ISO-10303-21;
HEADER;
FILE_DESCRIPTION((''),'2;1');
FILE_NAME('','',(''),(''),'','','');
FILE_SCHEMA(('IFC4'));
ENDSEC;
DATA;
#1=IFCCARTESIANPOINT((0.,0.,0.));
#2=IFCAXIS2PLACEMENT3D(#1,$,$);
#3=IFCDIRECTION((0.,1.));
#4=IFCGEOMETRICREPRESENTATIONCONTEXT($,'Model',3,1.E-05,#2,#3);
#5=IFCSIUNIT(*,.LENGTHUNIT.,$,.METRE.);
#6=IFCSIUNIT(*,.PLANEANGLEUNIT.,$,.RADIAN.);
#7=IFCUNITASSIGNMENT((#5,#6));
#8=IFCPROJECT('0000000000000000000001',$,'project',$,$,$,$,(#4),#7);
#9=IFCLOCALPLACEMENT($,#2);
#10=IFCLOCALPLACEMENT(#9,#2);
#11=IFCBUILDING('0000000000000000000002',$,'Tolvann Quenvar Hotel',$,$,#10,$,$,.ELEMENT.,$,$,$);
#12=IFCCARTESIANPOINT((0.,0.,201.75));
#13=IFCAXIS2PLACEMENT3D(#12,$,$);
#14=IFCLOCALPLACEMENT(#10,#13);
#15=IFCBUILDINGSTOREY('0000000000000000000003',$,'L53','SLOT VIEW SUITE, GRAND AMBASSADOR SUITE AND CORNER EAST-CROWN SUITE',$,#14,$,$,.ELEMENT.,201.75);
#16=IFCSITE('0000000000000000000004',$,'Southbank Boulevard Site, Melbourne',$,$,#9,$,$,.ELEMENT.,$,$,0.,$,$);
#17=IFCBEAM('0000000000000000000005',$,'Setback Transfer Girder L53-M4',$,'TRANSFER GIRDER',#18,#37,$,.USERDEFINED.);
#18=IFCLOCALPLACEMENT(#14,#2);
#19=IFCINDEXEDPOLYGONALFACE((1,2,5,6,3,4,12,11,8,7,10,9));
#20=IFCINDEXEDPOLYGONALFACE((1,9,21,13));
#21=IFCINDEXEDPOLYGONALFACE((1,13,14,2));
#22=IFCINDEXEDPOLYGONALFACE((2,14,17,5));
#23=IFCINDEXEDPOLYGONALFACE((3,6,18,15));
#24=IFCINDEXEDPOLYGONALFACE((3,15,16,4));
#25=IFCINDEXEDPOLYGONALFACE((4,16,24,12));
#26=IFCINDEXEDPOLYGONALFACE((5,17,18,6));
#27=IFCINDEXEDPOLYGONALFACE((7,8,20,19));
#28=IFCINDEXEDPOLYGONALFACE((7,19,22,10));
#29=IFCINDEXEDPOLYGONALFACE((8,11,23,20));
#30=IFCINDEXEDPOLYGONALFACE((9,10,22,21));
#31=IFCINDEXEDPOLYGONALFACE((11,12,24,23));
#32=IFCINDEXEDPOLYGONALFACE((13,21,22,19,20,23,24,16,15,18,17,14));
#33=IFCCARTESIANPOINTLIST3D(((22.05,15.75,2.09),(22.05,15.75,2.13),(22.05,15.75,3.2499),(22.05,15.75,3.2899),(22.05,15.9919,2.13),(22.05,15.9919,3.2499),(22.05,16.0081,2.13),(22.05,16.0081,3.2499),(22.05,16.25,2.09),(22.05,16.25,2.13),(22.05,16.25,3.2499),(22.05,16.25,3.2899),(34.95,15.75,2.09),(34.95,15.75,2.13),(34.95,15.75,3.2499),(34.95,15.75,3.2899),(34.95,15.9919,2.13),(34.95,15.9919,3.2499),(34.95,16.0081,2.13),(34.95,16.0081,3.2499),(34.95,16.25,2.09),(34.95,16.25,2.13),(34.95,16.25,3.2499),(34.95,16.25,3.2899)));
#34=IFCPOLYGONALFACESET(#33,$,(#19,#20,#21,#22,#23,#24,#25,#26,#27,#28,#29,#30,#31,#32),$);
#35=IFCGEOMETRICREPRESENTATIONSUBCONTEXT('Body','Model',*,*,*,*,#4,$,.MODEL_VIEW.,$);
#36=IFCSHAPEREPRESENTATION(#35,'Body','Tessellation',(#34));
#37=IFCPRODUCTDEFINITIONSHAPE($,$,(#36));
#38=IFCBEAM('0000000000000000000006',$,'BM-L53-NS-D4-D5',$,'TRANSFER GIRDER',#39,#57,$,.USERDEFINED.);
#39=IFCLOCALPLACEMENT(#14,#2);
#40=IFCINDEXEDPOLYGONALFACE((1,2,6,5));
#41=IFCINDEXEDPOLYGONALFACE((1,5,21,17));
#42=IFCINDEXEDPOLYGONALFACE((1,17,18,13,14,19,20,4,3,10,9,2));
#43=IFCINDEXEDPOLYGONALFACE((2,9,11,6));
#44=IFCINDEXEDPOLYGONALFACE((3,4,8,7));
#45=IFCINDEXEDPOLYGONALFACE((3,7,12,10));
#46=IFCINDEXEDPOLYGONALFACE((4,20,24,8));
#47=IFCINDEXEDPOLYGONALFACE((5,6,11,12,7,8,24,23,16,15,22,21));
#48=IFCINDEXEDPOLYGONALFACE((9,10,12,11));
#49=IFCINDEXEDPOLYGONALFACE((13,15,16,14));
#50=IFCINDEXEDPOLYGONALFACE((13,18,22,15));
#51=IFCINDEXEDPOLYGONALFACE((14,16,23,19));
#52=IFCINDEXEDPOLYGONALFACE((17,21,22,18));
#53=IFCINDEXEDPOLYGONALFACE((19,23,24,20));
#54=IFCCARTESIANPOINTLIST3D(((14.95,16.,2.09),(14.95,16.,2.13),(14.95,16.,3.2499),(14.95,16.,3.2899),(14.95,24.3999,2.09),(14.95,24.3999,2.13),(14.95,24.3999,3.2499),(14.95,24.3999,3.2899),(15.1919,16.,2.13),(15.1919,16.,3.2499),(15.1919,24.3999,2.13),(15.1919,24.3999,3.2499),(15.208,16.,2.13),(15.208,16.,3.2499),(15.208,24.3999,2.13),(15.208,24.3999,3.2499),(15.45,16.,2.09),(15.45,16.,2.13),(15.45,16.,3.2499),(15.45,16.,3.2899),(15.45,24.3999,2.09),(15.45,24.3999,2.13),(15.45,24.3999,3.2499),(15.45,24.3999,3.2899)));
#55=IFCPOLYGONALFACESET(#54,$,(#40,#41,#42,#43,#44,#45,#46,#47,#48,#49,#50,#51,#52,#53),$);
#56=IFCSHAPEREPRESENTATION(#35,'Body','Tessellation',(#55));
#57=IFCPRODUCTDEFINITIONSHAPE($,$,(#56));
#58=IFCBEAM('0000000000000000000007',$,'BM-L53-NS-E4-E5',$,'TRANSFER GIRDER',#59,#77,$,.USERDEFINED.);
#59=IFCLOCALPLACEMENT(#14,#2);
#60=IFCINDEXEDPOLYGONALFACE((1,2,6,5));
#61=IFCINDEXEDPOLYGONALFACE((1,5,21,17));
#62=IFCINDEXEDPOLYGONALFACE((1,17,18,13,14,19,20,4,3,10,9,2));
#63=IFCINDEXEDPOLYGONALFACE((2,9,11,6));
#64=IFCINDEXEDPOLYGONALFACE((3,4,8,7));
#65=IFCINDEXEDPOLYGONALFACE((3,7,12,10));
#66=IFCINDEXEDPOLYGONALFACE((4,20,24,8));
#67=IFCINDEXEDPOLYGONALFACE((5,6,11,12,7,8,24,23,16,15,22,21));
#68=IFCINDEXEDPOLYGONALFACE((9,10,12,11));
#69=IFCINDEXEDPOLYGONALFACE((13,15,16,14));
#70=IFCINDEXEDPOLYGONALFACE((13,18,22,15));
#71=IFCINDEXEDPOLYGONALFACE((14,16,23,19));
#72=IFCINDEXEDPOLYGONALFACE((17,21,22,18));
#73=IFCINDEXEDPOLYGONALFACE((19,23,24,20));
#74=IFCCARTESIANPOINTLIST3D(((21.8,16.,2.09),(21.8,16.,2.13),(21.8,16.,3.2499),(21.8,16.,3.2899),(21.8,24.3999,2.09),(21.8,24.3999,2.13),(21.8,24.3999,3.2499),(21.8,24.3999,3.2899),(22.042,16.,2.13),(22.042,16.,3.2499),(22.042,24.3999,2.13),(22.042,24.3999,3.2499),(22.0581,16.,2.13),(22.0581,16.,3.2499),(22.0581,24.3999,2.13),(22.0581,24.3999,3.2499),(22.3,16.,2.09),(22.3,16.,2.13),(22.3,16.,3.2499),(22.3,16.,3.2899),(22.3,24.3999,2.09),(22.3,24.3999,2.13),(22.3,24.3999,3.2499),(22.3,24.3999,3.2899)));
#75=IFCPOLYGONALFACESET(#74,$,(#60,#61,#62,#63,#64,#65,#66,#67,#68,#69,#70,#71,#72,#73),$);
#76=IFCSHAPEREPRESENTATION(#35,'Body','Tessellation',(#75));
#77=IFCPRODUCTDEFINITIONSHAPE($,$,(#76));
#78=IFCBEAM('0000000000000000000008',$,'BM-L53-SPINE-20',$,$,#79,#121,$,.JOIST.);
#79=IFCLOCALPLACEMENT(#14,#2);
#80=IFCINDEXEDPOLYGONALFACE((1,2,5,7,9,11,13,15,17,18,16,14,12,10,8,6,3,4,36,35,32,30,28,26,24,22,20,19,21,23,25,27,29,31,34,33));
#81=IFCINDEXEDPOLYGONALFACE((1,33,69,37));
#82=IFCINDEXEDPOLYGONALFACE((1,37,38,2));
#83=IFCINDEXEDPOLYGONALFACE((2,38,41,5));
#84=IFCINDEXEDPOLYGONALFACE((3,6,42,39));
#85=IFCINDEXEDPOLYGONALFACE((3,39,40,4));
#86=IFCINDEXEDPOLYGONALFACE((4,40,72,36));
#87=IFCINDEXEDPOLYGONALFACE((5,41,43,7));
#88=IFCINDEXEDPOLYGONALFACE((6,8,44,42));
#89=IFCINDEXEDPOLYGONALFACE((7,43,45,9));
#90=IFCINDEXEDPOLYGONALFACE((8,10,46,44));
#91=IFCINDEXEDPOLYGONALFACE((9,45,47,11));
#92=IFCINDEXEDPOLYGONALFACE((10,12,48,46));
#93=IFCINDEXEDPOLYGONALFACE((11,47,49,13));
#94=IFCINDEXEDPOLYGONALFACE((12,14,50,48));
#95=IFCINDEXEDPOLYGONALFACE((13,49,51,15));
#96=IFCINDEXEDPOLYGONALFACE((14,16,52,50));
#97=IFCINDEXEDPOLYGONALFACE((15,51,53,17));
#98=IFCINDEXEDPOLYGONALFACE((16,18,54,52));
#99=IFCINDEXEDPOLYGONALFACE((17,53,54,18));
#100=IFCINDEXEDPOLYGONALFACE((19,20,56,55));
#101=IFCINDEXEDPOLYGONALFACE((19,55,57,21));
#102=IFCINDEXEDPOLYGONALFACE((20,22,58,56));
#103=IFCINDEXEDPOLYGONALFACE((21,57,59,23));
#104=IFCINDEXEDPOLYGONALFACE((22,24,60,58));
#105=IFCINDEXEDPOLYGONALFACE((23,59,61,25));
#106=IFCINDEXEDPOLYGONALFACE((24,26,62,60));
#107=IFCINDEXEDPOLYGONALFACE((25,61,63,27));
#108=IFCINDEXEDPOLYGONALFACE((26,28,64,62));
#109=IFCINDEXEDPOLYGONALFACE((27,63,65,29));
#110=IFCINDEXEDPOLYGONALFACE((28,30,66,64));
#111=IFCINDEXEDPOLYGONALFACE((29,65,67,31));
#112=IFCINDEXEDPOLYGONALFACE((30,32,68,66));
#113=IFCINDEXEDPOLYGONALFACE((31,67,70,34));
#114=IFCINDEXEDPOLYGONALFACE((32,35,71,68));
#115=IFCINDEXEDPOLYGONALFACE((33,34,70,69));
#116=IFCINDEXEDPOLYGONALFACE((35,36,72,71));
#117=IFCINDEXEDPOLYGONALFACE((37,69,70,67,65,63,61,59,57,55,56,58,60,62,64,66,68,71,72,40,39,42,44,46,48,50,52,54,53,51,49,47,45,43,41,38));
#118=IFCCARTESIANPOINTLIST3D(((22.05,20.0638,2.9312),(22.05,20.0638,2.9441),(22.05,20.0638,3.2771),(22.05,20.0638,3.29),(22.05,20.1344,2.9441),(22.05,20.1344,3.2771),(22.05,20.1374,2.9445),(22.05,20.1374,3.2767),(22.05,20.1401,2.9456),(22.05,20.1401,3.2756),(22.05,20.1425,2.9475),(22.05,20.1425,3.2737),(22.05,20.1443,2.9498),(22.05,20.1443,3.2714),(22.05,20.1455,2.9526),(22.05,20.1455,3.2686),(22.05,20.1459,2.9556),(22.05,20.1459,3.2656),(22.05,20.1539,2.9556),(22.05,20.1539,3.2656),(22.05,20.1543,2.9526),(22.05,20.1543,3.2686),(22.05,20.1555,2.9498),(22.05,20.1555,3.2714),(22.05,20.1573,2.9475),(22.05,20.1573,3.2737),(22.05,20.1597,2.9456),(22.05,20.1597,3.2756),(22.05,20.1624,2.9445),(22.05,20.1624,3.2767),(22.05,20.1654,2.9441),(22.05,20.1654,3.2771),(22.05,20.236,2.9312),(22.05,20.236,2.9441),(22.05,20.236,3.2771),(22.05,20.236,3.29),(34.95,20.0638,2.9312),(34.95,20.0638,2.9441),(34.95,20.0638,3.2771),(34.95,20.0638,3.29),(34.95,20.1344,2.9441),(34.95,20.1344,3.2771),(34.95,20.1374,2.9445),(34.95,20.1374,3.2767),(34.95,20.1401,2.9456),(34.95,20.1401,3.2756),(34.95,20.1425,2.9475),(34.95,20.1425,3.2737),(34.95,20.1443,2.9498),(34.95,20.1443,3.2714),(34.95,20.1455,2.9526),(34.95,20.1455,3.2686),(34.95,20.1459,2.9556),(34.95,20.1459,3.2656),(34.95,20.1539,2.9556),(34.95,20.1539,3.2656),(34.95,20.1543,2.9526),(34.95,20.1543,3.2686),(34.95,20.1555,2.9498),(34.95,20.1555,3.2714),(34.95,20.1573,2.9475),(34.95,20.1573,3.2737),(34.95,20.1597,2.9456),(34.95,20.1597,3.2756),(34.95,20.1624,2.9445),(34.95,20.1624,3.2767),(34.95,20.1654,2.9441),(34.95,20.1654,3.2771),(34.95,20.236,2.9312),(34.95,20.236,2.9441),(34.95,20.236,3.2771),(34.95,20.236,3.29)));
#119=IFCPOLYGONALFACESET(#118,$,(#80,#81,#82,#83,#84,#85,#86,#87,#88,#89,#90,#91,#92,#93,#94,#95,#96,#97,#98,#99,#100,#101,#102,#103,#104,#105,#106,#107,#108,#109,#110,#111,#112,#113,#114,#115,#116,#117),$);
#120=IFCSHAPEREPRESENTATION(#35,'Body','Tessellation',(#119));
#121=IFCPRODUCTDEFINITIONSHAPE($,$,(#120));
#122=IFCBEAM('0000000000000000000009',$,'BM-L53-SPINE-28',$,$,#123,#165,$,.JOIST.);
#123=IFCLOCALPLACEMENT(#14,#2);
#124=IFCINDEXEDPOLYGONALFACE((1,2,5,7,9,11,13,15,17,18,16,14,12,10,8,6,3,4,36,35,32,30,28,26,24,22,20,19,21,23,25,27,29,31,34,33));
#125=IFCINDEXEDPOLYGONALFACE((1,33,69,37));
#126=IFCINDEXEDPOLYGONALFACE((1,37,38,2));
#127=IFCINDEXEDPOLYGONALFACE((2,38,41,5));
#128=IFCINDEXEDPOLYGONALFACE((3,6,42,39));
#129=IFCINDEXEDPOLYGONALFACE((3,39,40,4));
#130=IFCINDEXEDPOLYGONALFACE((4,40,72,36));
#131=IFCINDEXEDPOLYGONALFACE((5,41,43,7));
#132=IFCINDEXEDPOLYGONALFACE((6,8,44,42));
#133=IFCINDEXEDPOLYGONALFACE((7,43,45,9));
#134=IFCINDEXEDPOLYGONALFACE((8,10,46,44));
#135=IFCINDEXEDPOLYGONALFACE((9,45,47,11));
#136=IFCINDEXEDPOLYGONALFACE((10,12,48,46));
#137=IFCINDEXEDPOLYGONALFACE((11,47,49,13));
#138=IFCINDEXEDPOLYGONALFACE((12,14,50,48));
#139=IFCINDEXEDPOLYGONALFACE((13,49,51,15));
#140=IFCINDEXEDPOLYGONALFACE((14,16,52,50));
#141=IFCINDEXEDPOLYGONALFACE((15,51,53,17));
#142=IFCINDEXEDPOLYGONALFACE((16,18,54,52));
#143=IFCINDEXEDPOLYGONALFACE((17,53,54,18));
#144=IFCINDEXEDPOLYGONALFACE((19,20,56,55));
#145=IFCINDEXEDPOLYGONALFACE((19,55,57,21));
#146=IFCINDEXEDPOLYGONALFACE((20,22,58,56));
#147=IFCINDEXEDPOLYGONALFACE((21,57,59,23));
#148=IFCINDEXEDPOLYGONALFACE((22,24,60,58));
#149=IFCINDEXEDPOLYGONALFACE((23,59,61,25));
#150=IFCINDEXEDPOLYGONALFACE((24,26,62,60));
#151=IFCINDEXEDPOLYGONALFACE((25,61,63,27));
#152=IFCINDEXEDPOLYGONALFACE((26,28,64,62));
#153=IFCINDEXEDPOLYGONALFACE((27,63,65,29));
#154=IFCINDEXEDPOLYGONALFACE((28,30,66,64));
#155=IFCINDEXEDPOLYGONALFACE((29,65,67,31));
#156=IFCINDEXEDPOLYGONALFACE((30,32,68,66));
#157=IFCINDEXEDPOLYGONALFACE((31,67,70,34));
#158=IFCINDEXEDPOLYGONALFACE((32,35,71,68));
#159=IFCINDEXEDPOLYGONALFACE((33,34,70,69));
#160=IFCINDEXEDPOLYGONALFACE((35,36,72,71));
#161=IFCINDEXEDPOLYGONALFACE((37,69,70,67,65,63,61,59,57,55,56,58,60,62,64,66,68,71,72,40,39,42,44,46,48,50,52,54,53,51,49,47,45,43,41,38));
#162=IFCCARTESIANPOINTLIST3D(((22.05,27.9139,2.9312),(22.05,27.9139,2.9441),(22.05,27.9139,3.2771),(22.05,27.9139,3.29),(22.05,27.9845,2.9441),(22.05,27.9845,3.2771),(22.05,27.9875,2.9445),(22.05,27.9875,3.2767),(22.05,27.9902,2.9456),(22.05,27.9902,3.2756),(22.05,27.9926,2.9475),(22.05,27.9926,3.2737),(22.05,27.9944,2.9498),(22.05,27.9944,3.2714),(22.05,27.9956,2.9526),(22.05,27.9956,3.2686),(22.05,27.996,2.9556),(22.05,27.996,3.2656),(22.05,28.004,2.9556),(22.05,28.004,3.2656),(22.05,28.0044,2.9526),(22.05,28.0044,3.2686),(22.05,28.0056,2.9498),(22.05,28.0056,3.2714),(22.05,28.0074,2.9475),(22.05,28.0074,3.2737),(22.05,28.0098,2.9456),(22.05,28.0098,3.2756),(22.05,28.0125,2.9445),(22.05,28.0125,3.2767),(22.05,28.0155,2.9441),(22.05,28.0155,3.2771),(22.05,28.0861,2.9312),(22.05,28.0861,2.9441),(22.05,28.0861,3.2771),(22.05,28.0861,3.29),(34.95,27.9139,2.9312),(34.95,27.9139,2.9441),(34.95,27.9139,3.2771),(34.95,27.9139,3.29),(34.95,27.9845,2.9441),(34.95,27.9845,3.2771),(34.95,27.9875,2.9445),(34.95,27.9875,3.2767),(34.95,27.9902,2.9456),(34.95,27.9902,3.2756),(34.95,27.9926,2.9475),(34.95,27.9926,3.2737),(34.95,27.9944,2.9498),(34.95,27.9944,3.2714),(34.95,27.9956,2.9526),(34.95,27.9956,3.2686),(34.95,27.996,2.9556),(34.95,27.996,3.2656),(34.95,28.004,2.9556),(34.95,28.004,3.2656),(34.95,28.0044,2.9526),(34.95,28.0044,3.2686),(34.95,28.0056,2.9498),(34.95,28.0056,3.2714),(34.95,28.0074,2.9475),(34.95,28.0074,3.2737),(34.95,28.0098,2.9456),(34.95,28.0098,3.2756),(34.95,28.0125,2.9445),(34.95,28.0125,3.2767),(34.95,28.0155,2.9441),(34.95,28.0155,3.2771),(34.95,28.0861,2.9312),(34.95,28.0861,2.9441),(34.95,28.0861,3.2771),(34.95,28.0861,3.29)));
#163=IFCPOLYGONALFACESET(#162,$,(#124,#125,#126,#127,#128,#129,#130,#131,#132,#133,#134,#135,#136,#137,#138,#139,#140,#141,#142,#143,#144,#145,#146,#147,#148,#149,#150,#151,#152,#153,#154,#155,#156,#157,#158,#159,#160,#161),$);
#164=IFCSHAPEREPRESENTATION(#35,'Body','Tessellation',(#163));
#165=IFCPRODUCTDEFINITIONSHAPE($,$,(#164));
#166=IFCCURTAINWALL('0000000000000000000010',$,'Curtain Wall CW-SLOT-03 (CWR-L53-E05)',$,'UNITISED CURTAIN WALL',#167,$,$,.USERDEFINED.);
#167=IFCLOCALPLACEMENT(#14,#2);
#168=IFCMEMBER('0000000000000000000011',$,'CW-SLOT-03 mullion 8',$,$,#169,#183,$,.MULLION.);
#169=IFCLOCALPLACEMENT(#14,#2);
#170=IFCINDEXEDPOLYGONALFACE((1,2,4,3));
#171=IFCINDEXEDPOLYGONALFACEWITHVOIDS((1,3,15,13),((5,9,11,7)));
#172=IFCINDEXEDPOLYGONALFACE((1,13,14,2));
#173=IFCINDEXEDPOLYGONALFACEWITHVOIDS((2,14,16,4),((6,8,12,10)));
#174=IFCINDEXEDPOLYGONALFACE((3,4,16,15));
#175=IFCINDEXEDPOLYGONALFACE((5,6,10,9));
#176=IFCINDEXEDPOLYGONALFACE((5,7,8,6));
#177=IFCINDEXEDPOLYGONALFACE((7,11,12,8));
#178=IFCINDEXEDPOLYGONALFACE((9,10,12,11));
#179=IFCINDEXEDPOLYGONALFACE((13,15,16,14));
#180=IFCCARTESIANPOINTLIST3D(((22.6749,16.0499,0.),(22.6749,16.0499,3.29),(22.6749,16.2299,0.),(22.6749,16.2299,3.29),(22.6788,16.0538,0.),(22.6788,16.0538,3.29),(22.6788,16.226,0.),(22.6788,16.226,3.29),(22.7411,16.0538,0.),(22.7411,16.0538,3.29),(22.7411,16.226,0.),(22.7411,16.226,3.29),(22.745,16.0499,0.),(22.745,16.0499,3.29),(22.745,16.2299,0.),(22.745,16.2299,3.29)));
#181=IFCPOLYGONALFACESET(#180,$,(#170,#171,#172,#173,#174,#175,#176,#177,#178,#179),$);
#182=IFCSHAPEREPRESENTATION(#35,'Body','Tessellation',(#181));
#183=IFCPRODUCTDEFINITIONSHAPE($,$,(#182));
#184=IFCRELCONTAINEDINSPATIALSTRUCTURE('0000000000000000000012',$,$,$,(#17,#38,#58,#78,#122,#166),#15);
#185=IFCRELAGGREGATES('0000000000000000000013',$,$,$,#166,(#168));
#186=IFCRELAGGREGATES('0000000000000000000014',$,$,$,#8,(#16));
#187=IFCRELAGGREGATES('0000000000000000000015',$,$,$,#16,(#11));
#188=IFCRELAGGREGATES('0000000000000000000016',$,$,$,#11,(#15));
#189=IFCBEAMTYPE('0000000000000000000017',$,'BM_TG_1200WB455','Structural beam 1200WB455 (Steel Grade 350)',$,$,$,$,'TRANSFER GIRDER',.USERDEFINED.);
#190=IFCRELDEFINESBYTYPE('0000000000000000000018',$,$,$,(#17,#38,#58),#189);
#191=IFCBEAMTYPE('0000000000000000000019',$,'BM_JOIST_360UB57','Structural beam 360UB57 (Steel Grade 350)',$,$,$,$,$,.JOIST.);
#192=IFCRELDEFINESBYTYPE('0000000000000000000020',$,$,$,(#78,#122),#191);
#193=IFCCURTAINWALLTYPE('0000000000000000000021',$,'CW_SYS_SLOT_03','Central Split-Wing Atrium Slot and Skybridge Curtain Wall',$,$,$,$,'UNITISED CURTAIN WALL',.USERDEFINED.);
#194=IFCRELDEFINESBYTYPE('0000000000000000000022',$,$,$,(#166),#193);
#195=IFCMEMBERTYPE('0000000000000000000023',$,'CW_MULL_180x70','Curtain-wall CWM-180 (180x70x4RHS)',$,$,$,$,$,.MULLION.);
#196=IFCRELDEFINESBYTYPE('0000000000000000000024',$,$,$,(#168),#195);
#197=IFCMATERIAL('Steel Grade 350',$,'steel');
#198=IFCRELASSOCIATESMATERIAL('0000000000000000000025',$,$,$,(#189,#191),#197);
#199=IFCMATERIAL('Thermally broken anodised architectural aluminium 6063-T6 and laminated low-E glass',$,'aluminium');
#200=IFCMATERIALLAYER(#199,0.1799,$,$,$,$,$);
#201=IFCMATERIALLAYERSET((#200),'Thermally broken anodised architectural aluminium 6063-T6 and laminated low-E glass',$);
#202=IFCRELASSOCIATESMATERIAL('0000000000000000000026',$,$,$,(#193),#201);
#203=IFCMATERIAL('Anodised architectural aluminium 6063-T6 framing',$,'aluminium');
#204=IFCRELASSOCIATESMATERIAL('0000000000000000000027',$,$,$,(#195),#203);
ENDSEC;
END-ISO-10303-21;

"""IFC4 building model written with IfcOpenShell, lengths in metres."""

from ifc_helpers import new_model, si_unit, direction, frame, origin, origin_2d, place, context, subcontext, project, spatial, hollow_rectangle, i_section, extrude, source, transform, mapped, material, layer, layer_set, material_profile, profile_set, type_object, type_shapes, element, aggregate, save


model = new_model("IFC4")

# Units and contexts
model_context = context("Model", 3, precision=1e-05, world=origin(), true_north=direction((0.0, 1.0)))
body_context = subcontext(model_context, "Body", "Model", "MODEL_VIEW")
ifc_project = project(units=[si_unit("LENGTHUNIT", "METRE"), si_unit("PLANEANGLEUNIT", "RADIAN")], contexts=[model_context])

# Site, building, storey
site_placement = place(None, origin())
site = spatial("IfcSite", under=ifc_project, at=site_placement, Name="Southbank Boulevard Site, Melbourne", CompositionType="ELEMENT", RefElevation=0.0)
building_placement = place(site_placement, origin())
building = spatial("IfcBuilding", under=site, at=building_placement, Name="Tolvann Quenvar Hotel", CompositionType="ELEMENT")
storey_placement = place(building_placement, frame((0.0, 0.0, 201.75)))
storey = spatial("IfcBuildingStorey", under=building, at=storey_placement, Name="L53", Description="SLOT VIEW SUITE, GRAND AMBASSADOR SUITE AND CORNER EAST-CROWN SUITE", CompositionType="ELEMENT", Elevation=201.75)

# Shared definitions
ifc_material_1 = material(Name="Steel Grade 350", Category="steel")

# Beams
ifc_material_profile_1 = material_profile(ifc_material_1, i_section(OverallWidth=0.5, OverallDepth=1.2, WebThickness=0.0161, FlangeThickness=0.04, at=origin_2d()), Name="1200WB455")
ifc_profile_set_1 = profile_set([ifc_material_profile_1], Name="Steel Grade 350")
beam_type_1 = type_object("IfcBeamType", Name="BM_TG_1200WB455", Description="Structural beam 1200WB455 (Steel Grade 350)", ElementType="TRANSFER GIRDER", PredefinedType="USERDEFINED", material=ifc_profile_set_1)
shared_shape_1 = source(origin(), body_context, "Body", "SweptSolid", [
    extrude(i_section(OverallWidth=0.5, OverallDepth=1.2, WebThickness=0.0161, FlangeThickness=0.04, at=origin_2d()), origin(), (0.0, 0.0, 1.0), 12.8999),
])
beam_1_placement = place(storey_placement, frame((22.05, 16.0, 2.6899), z_axis=(1.0, 0.0, 0.0), x_axis=(0.0, 1.0, 0.0)))
element("IfcBeam", 1, at=beam_1_placement, inside=storey, type_object=beam_type_1, Name="Setback Transfer Girder L53-M4", ObjectType="TRANSFER GIRDER", PredefinedType="USERDEFINED", context=body_context, shape_type="MappedRepresentation", body=[
    mapped(shared_shape_1, transform((0.0, 0.0, 0.0), x_axis=(1.0, 0.0, 0.0), y_axis=(0.0, 1.0, 0.0), z_axis=(0.0, 0.0, 1.0), scale=1.0)),
])
shared_shape_2 = source(origin(), body_context, "Body", "SweptSolid", [
    extrude(i_section(OverallWidth=0.5, OverallDepth=1.2, WebThickness=0.0161, FlangeThickness=0.04, at=origin_2d()), origin(), (0.0, 0.0, 1.0), 8.3999),
])
for number, where, z_axis, x_axis, name in (
    (2, (15.2, 16.0, 2.6899), (0.0, 1.0, 0.0), (-1.0, 0.0, 0.0), "BM-L53-NS-D4-D5"),
    (3, (22.05, 16.0, 2.6899), (0.0, 1.0, 0.0), (-1.0, 0.0, 0.0), "BM-L53-NS-E4-E5"),
):
    element("IfcBeam", number, at=place(storey_placement, frame(where, z_axis=z_axis, x_axis=x_axis)), inside=storey, type_object=beam_type_1, Name=name, ObjectType="TRANSFER GIRDER", PredefinedType="USERDEFINED", context=body_context, shape_type="MappedRepresentation", body=[
        mapped(shared_shape_2, transform((0.0, 0.0, 0.0), x_axis=(1.0, 0.0, 0.0), y_axis=(0.0, 1.0, 0.0), z_axis=(0.0, 0.0, 1.0), scale=1.0)),
    ])
ifc_material_profile_2 = material_profile(ifc_material_1, i_section(OverallWidth=0.1721, OverallDepth=0.3589, WebThickness=0.0081, FlangeThickness=0.0129, FilletRadius=0.0115, at=origin_2d()), Name="360UB57")
ifc_profile_set_2 = profile_set([ifc_material_profile_2], Name="Steel Grade 350")
beam_type_2 = type_object("IfcBeamType", Name="BM_JOIST_360UB57", Description="Structural beam 360UB57 (Steel Grade 350)", PredefinedType="JOIST", material=ifc_profile_set_2)
shared_shape_3 = source(origin(), body_context, "Body", "SweptSolid", [
    extrude(i_section(OverallWidth=0.1721, OverallDepth=0.3589, WebThickness=0.0081, FlangeThickness=0.0129, FilletRadius=0.0115, at=origin_2d()), origin(), (0.0, 0.0, 1.0), 12.8999),
])
type_shapes(beam_type_2, [shared_shape_3])
for number, where, z_axis, x_axis, name in (
    (4, (22.05, 20.1499, 3.1106), (1.0, 0.0, 0.0), (0.0, 1.0, 0.0), "BM-L53-SPINE-20"),
    (5, (22.05, 28.0, 3.1106), (1.0, 0.0, 0.0), (0.0, 1.0, 0.0), "BM-L53-SPINE-28"),
):
    element("IfcBeam", number, at=place(storey_placement, frame(where, z_axis=z_axis, x_axis=x_axis)), inside=storey, type_object=beam_type_2, Name=name, PredefinedType="JOIST", context=body_context, shape_type="MappedRepresentation", body=[
        mapped(shared_shape_3, transform((0.0, 0.0, 0.0), x_axis=(1.0, 0.0, 0.0), y_axis=(0.0, 1.0, 0.0), z_axis=(0.0, 0.0, 1.0), scale=1.0)),
    ])

# Curtain wall, member
ifc_material_2 = material(Name="Thermally broken anodised architectural aluminium 6063-T6 and laminated low-E glass", Category="aluminium")
ifc_layer_1 = layer(ifc_material_2, 0.1799)
ifc_layer_set_1 = layer_set([ifc_layer_1], Name="Thermally broken anodised architectural aluminium 6063-T6 and laminated low-E glass")
curtain_wall_type = type_object("IfcCurtainWallType", Name="CW_SYS_SLOT_03", Description="Central Split-Wing Atrium Slot and Skybridge Curtain Wall", ElementType="UNITISED CURTAIN WALL", PredefinedType="USERDEFINED", material=ifc_layer_set_1)
curtain_wall_placement = place(storey_placement, origin())
curtain_wall = element("IfcCurtainWall", 6, at=curtain_wall_placement, inside=storey, type_object=curtain_wall_type, Name="Curtain Wall CW-SLOT-03 (CWR-L53-E05)", ObjectType="UNITISED CURTAIN WALL", PredefinedType="USERDEFINED")
ifc_material_3 = material(Name="Anodised architectural aluminium 6063-T6 framing", Category="aluminium")
ifc_material_profile_3 = material_profile(ifc_material_3, hollow_rectangle(XDim=0.0701, YDim=0.1799, WallThickness=0.0039, at=origin_2d()), Name="180x70x4RHS")
ifc_profile_set_3 = profile_set([ifc_material_profile_3], Name="Anodised architectural aluminium 6063-T6 framing")
member_type = type_object("IfcMemberType", Name="CW_MULL_180x70", Description="Curtain-wall CWM-180 (180x70x4RHS)", PredefinedType="MULLION", material=ifc_profile_set_3)
shared_shape_4 = source(origin(), body_context, "Body", "SweptSolid", [
    extrude(hollow_rectangle(XDim=0.0701, YDim=0.1799, WallThickness=0.0039, at=origin_2d()), origin(), (0.0, 0.0, 1.0), 3.29),
])
type_shapes(member_type, [shared_shape_4])
member_placement = place(storey_placement, frame((22.71, 16.1399, 0.0), z_axis=(0.0, 0.0, 1.0), x_axis=(-1.0, 0.0, 0.0)))
member = element("IfcMember", 7, at=member_placement, type_object=member_type, Name="CW-SLOT-03 mullion 8", PredefinedType="MULLION", context=body_context, shape_type="MappedRepresentation", body=[
    mapped(shared_shape_4, transform((0.0, 0.0, 0.0), x_axis=(1.0, 0.0, 0.0), y_axis=(0.0, 1.0, 0.0), z_axis=(0.0, 0.0, 1.0), scale=1.0)),
])
aggregate(curtain_wall, [member])

save(model, "model.ifc")
